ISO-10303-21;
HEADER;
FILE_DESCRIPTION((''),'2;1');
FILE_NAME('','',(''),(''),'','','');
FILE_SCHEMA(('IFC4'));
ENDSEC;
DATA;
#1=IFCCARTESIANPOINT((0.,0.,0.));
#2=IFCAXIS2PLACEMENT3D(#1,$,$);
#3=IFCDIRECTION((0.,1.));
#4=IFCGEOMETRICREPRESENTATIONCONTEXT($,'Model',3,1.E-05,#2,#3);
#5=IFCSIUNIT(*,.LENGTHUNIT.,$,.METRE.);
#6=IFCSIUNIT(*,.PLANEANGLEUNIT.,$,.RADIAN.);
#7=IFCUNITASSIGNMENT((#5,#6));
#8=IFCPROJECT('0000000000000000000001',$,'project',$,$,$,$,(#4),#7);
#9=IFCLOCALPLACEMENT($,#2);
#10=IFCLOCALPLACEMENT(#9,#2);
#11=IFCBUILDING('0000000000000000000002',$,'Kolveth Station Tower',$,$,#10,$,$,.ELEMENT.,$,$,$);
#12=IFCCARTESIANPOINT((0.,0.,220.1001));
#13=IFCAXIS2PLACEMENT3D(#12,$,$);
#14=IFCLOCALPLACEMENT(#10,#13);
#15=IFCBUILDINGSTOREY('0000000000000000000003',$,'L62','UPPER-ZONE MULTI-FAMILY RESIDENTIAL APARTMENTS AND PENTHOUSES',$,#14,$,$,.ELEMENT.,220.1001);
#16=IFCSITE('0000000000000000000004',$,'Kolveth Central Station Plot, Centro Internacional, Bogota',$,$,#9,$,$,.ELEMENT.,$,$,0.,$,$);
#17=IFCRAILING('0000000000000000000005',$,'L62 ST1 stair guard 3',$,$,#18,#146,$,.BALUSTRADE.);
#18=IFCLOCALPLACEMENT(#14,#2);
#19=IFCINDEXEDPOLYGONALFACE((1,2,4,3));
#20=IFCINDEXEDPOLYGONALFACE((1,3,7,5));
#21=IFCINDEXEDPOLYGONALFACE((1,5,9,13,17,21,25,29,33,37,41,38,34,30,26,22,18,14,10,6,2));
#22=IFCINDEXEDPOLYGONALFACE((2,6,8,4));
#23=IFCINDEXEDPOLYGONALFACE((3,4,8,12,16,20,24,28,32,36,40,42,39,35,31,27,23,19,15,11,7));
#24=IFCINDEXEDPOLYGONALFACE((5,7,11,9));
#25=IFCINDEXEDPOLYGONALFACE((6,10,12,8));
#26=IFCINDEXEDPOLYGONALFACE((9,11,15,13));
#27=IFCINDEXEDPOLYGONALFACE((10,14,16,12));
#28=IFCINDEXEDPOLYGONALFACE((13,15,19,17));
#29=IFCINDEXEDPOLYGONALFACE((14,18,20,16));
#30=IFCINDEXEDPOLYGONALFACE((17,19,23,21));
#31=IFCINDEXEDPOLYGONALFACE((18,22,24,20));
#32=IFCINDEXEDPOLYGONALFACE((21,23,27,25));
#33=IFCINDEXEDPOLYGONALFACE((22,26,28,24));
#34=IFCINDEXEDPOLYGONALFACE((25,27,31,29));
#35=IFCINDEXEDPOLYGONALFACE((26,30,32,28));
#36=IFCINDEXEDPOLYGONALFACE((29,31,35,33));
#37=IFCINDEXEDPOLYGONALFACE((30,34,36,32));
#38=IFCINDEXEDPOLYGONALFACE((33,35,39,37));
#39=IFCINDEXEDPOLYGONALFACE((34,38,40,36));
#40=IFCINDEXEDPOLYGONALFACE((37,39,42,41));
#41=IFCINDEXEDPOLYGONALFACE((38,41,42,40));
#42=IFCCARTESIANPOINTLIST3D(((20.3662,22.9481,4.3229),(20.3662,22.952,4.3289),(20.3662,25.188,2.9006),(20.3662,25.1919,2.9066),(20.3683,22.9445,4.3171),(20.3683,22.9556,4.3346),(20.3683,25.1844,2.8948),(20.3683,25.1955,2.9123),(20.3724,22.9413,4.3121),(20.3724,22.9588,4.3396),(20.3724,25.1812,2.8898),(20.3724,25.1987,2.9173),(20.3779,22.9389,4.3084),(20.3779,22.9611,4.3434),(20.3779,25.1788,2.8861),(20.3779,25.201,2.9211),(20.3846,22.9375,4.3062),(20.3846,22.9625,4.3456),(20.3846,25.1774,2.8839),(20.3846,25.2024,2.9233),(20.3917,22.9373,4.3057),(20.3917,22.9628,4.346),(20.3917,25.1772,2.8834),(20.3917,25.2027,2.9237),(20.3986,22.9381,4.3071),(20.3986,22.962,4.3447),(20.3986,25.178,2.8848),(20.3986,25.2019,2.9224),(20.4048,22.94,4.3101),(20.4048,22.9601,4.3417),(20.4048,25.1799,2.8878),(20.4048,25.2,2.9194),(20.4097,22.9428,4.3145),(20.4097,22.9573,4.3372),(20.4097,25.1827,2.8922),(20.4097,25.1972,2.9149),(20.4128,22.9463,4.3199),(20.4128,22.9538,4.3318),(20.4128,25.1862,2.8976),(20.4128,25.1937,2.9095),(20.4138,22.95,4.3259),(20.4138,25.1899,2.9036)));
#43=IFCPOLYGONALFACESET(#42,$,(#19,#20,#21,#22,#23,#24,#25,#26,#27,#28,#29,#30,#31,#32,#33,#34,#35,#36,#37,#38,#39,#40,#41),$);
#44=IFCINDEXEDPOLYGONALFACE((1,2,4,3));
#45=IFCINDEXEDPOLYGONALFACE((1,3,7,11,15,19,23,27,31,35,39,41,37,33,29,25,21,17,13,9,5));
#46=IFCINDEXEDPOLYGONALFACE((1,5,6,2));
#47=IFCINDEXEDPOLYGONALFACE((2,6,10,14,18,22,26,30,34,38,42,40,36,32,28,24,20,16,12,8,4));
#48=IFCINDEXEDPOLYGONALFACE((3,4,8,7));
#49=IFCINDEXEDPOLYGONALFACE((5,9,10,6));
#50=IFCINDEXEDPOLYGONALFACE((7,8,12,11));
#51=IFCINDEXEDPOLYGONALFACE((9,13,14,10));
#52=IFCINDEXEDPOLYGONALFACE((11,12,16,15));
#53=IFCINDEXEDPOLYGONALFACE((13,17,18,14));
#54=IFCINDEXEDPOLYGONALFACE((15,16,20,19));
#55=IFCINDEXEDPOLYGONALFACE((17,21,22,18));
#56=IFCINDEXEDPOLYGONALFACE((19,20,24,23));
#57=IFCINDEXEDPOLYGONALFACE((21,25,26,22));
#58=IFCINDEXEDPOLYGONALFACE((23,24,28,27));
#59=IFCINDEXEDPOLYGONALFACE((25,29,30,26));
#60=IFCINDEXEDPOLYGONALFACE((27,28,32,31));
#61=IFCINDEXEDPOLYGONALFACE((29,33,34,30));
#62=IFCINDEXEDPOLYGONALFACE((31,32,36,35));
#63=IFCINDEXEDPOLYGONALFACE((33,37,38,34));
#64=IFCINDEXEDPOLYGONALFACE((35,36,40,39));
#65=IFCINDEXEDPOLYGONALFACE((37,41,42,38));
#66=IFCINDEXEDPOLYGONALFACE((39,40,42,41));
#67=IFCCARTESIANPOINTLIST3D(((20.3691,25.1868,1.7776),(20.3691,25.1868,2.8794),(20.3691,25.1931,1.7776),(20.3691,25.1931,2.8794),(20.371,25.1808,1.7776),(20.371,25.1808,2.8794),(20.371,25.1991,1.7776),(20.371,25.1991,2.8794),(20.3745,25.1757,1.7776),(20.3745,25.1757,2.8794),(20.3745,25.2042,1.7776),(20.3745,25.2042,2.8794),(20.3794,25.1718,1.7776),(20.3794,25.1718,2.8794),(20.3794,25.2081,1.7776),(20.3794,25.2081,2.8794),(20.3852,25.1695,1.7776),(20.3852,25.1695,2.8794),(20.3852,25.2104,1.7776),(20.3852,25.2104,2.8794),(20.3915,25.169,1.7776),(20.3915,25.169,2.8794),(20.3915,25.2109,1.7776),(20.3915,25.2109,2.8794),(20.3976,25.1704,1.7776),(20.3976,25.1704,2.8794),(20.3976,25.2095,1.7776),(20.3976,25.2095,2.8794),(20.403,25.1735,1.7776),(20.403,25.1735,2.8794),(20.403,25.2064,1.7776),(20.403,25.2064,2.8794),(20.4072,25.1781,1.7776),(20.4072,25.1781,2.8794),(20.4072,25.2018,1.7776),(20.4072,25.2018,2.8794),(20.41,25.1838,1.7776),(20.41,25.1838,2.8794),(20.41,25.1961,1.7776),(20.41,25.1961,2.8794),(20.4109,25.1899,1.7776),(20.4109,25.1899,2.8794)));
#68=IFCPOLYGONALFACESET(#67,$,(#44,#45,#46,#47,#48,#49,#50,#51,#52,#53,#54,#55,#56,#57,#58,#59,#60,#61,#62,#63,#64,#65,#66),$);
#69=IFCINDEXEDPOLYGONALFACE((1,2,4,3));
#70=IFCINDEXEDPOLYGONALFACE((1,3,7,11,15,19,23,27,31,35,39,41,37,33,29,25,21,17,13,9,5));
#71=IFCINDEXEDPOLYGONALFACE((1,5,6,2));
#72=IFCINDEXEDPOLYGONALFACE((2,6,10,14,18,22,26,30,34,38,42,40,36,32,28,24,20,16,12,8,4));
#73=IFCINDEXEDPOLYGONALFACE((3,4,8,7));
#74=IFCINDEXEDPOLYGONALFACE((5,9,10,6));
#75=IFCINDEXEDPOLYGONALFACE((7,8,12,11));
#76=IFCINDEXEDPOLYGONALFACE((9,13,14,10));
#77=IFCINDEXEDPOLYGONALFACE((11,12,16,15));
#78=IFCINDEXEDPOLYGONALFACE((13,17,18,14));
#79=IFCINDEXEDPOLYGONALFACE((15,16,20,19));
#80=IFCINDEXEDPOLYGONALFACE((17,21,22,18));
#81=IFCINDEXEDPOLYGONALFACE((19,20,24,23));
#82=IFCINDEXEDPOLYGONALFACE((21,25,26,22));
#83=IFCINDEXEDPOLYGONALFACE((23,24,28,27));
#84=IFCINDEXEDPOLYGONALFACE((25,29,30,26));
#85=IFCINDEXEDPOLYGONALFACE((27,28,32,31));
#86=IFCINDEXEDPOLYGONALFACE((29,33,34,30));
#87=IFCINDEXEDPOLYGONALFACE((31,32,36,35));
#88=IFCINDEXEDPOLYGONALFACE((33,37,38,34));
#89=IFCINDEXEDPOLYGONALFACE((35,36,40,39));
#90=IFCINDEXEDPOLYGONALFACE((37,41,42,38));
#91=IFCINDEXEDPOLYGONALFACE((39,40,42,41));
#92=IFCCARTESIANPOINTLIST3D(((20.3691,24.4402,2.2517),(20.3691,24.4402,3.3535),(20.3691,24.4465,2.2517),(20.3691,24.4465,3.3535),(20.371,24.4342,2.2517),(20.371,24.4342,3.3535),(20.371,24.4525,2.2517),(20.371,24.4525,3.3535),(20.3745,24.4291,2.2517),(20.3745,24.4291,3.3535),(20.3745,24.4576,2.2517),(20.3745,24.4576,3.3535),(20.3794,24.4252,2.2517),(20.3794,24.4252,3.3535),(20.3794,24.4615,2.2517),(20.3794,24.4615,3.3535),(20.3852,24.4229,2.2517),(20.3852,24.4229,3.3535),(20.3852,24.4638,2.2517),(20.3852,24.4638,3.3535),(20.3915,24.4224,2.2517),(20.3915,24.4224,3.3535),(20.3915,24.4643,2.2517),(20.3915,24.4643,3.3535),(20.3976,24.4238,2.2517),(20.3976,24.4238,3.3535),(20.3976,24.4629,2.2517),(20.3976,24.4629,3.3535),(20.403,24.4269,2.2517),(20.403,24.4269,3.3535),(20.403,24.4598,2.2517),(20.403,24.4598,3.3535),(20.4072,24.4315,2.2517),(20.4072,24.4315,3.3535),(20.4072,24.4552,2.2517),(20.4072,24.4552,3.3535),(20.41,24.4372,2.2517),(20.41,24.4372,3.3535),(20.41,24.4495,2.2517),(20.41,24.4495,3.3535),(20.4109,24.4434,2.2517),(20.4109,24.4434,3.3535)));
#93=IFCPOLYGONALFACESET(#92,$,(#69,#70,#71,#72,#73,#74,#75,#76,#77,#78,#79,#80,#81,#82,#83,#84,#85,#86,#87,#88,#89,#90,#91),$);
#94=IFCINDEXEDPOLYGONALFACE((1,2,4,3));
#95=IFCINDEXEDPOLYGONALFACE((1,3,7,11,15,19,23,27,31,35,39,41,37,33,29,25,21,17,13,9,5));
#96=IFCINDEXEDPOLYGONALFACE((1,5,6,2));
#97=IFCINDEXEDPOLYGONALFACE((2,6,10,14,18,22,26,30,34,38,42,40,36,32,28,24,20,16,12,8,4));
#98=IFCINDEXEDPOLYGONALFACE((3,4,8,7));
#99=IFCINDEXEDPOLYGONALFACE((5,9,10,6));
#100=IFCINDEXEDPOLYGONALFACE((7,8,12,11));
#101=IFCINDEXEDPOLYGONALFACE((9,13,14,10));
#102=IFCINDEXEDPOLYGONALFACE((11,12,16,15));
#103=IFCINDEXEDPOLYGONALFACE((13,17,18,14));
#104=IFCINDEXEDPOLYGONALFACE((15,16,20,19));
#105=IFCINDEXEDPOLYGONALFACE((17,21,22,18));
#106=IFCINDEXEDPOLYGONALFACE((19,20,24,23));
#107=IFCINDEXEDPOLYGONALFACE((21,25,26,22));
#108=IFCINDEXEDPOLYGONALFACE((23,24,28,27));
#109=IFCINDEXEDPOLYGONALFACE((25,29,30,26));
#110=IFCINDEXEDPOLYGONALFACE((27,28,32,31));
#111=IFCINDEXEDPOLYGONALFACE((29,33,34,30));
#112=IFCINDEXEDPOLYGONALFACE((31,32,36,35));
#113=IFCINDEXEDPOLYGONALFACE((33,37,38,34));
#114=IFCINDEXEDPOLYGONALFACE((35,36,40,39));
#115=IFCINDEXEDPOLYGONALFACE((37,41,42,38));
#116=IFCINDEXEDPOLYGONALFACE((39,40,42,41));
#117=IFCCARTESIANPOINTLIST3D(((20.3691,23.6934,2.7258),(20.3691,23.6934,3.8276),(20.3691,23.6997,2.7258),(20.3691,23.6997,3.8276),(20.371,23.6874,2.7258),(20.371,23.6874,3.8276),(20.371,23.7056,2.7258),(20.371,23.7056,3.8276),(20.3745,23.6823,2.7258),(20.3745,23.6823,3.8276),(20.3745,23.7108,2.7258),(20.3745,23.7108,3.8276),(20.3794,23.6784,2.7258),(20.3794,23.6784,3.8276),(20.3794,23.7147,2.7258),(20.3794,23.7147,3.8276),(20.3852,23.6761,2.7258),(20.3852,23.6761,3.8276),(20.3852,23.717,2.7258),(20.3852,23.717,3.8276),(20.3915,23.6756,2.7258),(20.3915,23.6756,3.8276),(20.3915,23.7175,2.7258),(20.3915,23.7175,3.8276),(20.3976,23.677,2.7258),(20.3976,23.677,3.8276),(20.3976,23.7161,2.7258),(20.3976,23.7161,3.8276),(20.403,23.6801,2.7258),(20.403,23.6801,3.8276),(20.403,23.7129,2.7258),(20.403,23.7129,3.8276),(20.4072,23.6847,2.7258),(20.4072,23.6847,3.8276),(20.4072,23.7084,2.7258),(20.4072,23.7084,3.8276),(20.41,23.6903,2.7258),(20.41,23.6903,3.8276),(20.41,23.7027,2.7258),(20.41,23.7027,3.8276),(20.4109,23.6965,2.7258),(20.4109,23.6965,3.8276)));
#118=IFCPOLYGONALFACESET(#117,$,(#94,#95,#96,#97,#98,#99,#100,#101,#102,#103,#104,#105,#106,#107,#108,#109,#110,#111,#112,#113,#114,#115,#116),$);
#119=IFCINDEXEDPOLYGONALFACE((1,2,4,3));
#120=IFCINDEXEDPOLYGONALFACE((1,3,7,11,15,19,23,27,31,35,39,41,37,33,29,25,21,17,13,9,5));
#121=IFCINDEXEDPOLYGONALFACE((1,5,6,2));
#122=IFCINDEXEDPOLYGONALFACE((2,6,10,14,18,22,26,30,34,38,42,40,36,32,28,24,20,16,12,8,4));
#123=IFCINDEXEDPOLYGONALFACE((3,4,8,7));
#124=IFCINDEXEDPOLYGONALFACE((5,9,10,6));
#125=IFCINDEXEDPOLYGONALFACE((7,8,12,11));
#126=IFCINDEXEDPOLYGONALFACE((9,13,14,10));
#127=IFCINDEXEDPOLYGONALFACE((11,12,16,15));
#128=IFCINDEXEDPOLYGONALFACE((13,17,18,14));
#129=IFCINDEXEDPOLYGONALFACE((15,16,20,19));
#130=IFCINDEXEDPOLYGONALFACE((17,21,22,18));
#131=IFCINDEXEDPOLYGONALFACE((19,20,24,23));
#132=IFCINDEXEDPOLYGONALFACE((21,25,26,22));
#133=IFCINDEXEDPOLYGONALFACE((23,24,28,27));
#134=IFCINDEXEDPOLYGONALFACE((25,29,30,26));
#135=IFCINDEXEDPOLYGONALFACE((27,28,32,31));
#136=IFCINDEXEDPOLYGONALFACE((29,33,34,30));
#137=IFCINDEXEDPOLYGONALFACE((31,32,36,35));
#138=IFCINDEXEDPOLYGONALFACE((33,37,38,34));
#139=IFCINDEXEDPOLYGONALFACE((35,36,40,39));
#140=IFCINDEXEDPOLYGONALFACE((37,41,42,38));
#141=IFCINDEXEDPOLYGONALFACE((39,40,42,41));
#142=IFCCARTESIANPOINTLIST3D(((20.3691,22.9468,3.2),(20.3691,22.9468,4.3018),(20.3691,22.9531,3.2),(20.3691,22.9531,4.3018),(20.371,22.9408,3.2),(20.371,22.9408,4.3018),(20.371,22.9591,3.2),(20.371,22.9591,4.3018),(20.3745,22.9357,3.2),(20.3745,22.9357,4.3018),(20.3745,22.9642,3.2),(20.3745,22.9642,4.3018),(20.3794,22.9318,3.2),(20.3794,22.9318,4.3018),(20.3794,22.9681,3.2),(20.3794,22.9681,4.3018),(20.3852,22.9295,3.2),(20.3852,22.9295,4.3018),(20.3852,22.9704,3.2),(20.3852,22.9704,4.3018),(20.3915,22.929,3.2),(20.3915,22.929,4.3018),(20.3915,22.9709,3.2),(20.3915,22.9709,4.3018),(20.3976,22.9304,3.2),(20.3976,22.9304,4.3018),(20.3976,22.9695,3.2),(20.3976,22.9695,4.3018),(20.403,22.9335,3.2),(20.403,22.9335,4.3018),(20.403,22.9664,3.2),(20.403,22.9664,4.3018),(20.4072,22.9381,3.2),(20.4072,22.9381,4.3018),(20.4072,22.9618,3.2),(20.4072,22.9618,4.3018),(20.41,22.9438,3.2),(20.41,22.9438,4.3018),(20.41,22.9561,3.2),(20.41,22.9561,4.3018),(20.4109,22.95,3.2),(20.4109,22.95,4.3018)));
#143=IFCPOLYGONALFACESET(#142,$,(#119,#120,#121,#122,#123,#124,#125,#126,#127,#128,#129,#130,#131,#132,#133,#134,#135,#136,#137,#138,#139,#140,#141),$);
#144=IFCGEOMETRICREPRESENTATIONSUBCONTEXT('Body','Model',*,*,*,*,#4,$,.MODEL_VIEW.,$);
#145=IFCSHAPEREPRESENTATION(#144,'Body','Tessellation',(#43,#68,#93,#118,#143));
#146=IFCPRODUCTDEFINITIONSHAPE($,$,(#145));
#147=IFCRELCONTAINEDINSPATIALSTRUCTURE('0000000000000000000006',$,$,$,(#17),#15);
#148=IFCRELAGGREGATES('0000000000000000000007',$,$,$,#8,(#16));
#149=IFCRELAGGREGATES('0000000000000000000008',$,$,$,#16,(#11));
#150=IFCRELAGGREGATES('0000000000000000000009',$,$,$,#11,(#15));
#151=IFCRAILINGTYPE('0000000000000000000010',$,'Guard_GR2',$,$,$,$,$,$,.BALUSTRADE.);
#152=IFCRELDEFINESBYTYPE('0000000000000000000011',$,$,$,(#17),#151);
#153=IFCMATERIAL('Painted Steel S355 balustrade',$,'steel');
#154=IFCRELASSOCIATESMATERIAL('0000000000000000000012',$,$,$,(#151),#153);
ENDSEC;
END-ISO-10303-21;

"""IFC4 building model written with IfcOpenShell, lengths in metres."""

from ifc_helpers import new_model, si_unit, direction, frame, origin, origin_2d, place, context, subcontext, project, spatial, circle, extrude, material, type_object, element, save


model = new_model("IFC4")

# Units and contexts
model_context = context("Model", 3, precision=1e-05, world=origin(), true_north=direction((0.0, 1.0)))
body_context = subcontext(model_context, "Body", "Model", "MODEL_VIEW")
ifc_project = project(units=[si_unit("LENGTHUNIT", "METRE"), si_unit("PLANEANGLEUNIT", "RADIAN")], contexts=[model_context])

# Site, building, storey
site_placement = place(None, origin())
site = spatial("IfcSite", under=ifc_project, at=site_placement, Name="Kolveth Central Station Plot, Centro Internacional, Bogota", CompositionType="ELEMENT", RefElevation=0.0)
building_placement = place(site_placement, origin())
building = spatial("IfcBuilding", under=site, at=building_placement, Name="Kolveth Station Tower", CompositionType="ELEMENT")
storey_placement = place(building_placement, frame((0.0, 0.0, 220.1001)))
storey = spatial("IfcBuildingStorey", under=building, at=storey_placement, Name="L62", Description="UPPER-ZONE MULTI-FAMILY RESIDENTIAL APARTMENTS AND PENTHOUSES", CompositionType="ELEMENT", Elevation=220.1001)

# Railing
ifc_material_1 = material(Name="Painted Steel S355 balustrade", Category="steel")
railing_type_1 = type_object("IfcRailingType", Name="Guard_GR2", PredefinedType="BALUSTRADE", material=ifc_material_1)
railing_1_placement = place(storey_placement, frame((20.3899, 25.1899, 1.7776)))
element("IfcRailing", 1, at=railing_1_placement, inside=storey, type_object=railing_type_1, Name="L62 ST1 stair guard 3", PredefinedType="BALUSTRADE", context=body_context, shape_type="SweptSolid", body=[
    extrude(circle(Radius=0.0239, at=origin_2d()), frame((0.0, 0.0, 1.126), z_axis=(0.0, -0.844188, 0.536048), x_axis=(1.0, 0.0, 0.0)), (0.0, 0.0, 1.0), 2.6533),
    extrude(circle(Radius=0.021, at=origin_2d()), origin(), (0.0, 0.0, 1.0), 1.1018),
    extrude(circle(Radius=0.021, at=origin_2d()), frame((0.0, -0.7466, 0.4741)), (0.0, 0.0, 1.0), 1.1018),
    extrude(circle(Radius=0.021, at=origin_2d()), frame((0.0, -1.4934, 0.9482)), (0.0, 0.0, 1.0), 1.1018),
    extrude(circle(Radius=0.021, at=origin_2d()), frame((0.0, -2.24, 1.4224)), (0.0, 0.0, 1.0), 1.1018),
])

save(model, "model.ifc")
